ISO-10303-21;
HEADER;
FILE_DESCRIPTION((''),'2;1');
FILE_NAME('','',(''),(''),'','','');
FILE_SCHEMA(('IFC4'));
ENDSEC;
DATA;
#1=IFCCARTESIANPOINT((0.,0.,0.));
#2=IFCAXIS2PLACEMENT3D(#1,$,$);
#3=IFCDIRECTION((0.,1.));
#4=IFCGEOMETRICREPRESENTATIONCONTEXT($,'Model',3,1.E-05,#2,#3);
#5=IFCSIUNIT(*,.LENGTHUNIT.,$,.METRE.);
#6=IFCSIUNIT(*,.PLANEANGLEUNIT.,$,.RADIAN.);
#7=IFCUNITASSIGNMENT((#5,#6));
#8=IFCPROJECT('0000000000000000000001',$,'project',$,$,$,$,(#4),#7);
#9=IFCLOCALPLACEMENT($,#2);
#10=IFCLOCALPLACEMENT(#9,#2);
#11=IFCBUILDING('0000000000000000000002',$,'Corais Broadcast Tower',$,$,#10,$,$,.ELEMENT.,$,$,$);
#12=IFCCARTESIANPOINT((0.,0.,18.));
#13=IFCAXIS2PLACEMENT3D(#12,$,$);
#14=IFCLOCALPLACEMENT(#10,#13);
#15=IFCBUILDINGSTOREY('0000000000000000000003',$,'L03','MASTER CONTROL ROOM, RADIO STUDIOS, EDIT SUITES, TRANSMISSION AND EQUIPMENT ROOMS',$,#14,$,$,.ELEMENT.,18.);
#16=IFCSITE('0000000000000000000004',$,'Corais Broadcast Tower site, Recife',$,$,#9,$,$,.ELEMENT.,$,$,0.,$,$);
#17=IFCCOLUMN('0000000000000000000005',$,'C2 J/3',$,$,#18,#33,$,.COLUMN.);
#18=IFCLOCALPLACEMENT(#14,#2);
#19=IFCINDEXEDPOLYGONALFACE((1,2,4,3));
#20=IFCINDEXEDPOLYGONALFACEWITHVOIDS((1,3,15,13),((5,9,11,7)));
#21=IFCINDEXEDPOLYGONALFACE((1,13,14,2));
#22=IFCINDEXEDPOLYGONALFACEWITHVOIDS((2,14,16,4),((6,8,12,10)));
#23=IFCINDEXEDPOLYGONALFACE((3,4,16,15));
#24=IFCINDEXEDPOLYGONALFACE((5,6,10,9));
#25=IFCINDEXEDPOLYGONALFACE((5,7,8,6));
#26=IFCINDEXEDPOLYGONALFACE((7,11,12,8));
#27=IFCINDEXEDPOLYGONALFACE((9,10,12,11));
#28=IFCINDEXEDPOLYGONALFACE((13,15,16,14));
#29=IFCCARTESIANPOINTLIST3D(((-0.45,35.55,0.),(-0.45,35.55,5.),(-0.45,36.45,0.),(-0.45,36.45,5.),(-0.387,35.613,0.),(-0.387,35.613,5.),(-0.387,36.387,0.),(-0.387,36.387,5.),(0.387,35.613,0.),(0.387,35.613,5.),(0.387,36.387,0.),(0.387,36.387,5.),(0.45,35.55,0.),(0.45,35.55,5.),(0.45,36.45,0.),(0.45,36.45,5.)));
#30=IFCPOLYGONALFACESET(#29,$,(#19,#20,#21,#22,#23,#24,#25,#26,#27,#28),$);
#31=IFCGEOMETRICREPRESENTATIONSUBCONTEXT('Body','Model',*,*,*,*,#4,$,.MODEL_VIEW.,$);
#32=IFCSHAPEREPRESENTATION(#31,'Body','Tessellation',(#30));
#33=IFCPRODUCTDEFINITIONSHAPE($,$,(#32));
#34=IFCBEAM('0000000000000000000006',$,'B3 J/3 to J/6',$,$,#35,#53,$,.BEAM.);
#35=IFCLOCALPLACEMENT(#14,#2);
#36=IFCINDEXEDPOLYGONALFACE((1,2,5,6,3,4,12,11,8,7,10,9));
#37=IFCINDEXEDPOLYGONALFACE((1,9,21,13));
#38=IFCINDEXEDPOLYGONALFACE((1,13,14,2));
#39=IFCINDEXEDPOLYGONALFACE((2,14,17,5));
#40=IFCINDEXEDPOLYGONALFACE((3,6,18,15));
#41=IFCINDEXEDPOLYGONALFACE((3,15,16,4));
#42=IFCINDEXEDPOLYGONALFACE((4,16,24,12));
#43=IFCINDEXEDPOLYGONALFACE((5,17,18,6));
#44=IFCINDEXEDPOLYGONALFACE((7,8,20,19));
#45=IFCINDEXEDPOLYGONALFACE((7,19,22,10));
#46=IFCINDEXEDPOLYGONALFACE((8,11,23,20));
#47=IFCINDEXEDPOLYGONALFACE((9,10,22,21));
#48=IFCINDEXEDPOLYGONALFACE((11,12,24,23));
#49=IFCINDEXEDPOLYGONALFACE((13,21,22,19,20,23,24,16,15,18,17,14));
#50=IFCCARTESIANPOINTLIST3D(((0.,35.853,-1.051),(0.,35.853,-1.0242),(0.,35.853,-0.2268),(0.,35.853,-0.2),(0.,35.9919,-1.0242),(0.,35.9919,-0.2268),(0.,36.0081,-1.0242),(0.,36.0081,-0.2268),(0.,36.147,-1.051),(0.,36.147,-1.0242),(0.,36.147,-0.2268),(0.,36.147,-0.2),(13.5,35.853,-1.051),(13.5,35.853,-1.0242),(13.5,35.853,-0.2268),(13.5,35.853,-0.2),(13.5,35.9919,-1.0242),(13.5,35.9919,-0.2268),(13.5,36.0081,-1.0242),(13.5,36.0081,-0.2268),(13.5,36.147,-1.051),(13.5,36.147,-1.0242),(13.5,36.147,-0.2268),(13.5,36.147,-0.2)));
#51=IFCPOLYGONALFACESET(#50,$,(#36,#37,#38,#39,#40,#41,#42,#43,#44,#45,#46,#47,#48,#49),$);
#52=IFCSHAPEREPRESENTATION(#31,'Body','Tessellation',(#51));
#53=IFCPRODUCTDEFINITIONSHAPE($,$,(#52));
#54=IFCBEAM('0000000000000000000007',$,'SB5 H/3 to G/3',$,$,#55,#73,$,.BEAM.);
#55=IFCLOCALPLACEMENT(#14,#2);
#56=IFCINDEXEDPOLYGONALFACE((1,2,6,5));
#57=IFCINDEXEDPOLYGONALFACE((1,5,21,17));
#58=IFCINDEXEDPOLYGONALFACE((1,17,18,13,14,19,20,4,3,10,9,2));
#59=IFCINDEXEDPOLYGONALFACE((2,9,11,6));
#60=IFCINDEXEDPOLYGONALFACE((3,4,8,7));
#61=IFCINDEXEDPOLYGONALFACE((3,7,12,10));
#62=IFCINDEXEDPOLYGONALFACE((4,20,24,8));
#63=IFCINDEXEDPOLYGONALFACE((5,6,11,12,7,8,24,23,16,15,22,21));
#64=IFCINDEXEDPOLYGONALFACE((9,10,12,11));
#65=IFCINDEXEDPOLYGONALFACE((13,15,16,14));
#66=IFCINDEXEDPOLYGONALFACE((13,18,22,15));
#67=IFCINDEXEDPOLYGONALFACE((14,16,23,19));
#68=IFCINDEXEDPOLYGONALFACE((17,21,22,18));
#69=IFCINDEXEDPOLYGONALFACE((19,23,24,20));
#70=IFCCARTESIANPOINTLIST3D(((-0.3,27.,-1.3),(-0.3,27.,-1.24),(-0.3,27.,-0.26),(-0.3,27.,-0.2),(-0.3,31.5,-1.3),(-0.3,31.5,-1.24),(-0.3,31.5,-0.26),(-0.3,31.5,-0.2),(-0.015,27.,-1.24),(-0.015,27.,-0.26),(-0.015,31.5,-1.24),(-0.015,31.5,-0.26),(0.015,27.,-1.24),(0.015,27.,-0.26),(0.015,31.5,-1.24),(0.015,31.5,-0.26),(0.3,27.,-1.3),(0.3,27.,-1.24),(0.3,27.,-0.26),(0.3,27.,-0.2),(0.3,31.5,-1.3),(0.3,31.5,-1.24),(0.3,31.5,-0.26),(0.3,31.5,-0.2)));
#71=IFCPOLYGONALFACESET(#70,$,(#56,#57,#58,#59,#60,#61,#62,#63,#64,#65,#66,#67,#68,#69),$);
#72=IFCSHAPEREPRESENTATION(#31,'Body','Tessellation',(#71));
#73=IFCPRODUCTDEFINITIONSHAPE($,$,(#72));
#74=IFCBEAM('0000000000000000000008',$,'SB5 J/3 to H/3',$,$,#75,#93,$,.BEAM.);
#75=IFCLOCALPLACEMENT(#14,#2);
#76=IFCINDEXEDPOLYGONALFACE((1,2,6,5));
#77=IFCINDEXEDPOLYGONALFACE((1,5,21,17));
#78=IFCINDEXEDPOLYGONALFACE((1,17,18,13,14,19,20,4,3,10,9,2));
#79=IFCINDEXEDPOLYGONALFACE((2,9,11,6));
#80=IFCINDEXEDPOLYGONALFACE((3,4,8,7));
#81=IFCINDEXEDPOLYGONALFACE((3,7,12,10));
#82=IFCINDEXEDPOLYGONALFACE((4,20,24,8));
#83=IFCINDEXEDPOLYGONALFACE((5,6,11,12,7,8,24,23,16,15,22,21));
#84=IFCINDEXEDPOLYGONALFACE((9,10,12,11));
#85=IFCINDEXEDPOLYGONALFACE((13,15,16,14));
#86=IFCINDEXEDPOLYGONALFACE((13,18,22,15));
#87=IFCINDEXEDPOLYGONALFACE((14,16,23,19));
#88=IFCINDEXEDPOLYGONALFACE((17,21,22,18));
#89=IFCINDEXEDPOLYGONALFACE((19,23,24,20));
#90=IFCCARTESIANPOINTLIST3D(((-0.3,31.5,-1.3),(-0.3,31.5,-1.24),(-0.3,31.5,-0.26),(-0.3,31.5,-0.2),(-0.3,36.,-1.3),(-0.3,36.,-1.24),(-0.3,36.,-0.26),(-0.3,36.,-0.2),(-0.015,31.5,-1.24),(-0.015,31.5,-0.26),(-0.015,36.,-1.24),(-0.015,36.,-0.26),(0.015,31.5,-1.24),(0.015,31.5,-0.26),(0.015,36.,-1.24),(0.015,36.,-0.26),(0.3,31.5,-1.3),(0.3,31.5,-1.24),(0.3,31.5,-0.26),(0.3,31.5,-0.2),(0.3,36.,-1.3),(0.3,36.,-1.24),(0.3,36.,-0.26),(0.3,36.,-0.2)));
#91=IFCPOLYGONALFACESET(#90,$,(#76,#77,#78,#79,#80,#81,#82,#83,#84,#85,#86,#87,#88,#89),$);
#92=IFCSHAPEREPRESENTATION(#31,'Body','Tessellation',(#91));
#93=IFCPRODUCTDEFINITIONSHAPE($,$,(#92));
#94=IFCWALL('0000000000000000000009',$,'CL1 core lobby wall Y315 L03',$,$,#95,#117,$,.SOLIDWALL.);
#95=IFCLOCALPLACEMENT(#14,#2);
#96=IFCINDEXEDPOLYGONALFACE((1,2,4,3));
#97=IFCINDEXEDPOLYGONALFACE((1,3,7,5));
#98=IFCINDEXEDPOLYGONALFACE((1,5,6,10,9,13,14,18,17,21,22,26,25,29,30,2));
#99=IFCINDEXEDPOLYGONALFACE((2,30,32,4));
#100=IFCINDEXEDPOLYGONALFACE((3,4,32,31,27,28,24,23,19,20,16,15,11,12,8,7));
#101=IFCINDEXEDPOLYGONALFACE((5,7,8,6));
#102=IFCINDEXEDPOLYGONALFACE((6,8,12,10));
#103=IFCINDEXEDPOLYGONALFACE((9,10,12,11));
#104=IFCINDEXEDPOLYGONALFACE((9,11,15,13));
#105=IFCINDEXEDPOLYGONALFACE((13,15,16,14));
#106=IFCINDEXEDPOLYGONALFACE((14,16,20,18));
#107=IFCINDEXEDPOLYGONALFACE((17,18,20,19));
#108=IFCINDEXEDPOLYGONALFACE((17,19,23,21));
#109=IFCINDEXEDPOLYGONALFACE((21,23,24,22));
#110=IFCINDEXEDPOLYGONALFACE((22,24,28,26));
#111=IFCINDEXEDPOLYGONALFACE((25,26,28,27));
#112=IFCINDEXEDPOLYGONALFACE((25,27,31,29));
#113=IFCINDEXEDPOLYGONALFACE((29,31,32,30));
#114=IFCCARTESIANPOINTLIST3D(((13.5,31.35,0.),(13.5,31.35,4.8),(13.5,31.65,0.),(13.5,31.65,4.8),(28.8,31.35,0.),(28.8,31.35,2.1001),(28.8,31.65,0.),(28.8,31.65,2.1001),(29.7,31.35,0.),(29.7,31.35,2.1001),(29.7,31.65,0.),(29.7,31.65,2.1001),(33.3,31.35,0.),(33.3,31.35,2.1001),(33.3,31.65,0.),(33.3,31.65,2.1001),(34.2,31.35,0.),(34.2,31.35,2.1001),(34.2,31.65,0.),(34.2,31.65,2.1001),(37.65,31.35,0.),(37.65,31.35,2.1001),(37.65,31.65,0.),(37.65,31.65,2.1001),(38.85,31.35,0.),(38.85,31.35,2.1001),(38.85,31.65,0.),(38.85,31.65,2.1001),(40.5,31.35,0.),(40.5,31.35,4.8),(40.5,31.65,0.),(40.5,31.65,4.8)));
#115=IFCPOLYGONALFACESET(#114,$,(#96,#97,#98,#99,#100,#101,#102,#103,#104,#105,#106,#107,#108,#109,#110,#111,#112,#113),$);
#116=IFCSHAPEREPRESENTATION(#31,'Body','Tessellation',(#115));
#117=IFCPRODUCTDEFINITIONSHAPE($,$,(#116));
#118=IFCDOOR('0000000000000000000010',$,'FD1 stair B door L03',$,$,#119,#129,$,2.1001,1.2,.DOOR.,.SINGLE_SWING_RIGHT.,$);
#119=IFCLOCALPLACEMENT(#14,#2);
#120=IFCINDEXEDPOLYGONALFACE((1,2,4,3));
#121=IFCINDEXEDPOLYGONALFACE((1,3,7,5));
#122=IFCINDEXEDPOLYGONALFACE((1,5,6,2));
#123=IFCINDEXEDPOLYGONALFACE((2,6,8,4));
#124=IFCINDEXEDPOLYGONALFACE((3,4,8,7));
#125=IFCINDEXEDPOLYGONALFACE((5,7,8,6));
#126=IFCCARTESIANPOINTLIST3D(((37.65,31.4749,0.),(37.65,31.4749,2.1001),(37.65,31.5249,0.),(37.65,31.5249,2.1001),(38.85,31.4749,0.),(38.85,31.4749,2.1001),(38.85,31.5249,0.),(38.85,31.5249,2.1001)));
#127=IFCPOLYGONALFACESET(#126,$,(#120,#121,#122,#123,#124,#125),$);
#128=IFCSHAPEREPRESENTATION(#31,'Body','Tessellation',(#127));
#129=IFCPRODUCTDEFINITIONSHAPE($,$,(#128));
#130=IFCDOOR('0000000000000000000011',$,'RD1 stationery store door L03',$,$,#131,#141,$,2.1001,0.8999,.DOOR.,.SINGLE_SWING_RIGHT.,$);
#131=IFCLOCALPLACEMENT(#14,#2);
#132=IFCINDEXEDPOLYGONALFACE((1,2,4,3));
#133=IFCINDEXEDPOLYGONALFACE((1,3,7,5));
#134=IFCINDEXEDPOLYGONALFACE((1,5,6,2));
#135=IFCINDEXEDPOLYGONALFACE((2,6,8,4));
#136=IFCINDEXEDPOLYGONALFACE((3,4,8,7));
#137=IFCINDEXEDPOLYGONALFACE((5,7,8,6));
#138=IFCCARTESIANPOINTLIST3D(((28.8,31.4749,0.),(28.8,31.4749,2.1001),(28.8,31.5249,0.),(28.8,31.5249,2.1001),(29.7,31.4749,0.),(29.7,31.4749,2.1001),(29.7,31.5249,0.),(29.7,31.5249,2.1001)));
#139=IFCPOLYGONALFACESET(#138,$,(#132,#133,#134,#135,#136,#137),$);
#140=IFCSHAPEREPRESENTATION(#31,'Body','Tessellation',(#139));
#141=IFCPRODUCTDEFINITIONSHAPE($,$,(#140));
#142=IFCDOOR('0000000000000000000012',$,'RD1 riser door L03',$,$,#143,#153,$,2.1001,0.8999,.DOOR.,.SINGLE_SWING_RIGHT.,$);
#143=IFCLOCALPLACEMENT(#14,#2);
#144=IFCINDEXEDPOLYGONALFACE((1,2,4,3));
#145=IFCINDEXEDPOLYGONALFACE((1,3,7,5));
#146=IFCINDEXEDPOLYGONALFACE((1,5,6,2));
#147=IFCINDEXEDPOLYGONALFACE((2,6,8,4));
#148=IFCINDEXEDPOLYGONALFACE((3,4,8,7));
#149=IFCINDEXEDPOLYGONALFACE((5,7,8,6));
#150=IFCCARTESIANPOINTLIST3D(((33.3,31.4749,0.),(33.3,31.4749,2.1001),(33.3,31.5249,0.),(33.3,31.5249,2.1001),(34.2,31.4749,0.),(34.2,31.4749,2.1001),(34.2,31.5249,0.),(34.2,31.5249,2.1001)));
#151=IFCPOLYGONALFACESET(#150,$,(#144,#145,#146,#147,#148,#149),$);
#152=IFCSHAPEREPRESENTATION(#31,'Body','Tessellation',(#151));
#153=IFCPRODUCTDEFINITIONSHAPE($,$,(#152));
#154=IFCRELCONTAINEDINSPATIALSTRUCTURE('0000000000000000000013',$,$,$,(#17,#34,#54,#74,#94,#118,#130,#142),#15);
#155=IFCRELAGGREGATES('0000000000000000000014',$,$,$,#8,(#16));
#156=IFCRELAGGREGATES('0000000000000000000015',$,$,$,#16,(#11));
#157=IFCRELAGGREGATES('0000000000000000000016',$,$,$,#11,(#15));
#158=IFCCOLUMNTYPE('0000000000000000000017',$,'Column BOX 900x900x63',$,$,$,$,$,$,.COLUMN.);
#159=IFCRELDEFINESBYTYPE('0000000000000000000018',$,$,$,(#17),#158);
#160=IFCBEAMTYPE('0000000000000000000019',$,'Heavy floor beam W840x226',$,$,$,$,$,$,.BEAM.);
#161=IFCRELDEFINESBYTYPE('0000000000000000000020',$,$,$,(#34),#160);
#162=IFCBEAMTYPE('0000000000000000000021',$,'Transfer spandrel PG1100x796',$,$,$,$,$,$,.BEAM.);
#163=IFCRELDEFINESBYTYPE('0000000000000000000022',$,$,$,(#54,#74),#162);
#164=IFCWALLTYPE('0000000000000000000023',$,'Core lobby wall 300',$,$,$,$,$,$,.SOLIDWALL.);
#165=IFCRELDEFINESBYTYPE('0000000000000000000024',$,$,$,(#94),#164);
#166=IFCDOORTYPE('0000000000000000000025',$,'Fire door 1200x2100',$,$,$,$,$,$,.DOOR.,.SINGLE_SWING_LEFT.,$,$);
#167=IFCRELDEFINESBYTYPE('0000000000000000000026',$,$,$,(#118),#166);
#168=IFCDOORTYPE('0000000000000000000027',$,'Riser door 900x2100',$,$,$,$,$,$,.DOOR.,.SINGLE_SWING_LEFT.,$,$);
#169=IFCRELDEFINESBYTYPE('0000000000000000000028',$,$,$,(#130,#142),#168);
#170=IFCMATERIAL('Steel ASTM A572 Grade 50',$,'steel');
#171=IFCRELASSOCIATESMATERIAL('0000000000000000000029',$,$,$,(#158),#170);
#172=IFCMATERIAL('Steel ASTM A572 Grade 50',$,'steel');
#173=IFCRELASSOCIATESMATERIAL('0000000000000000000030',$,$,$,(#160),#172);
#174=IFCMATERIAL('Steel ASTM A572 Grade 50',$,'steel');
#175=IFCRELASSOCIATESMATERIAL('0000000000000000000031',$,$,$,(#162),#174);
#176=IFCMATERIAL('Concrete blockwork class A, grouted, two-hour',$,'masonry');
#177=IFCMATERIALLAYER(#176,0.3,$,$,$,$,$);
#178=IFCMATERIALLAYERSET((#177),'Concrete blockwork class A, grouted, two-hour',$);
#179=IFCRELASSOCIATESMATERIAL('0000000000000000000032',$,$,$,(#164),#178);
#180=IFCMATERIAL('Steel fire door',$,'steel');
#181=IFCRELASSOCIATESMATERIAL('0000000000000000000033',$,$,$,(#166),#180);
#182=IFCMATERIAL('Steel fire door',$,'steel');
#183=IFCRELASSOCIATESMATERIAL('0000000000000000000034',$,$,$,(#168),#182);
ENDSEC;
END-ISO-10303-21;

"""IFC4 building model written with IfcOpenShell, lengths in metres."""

from ifc_helpers import new_model, si_unit, direction, frame, frame_2d, origin, origin_2d, place, context, subcontext, project, spatial, rectangle, hollow_rectangle, i_section, extrude, material, layer, layer_set, material_profile, profile_set, type_object, element, fill, save


model = new_model("IFC4")

# Units and contexts
model_context = context("Model", 3, precision=1e-05, world=origin(), true_north=direction((0.0, 1.0)))
body_context = subcontext(model_context, "Body", "Model", "MODEL_VIEW")
ifc_project = project(units=[si_unit("LENGTHUNIT", "METRE"), si_unit("PLANEANGLEUNIT", "RADIAN")], contexts=[model_context])

# Site, building, storey
site_placement = place(None, origin())
site = spatial("IfcSite", under=ifc_project, at=site_placement, Name="Corais Broadcast Tower site, Recife", CompositionType="ELEMENT", RefElevation=0.0)
building_placement = place(site_placement, origin())
building = spatial("IfcBuilding", under=site, at=building_placement, Name="Corais Broadcast Tower", CompositionType="ELEMENT")
storey_placement = place(building_placement, frame((0.0, 0.0, 18.0)))
storey = spatial("IfcBuildingStorey", under=building, at=storey_placement, Name="L03", Description="MASTER CONTROL ROOM, RADIO STUDIOS, EDIT SUITES, TRANSMISSION AND EQUIPMENT ROOMS", CompositionType="ELEMENT", Elevation=18.0)

# Column
ifc_material_1 = material(Name="Steel ASTM A572 Grade 50", Category="steel")
ifc_material_profile_1 = material_profile(ifc_material_1, hollow_rectangle(XDim=0.8999, YDim=0.8999, WallThickness=0.063, at=origin_2d()), Name="BOX 900x900x63")
ifc_profile_set_1 = profile_set([ifc_material_profile_1], Name="Steel ASTM A572 Grade 50")
column_type = type_object("IfcColumnType", Name="Column BOX 900x900x63", PredefinedType="COLUMN", material=ifc_profile_set_1)
column_placement = place(storey_placement, frame((0.0, 36.0, 0.0), z_axis=(0.0, 0.0, 1.0), x_axis=(1.0, 0.0, 0.0)))
element("IfcColumn", 1, at=column_placement, inside=storey, type_object=column_type, Name="C2 J/3", PredefinedType="COLUMN", context=body_context, shape_type="SweptSolid", body=[
    extrude(hollow_rectangle(XDim=0.8999, YDim=0.8999, WallThickness=0.063, at=origin_2d()), origin(), (0.0, 0.0, 1.0), 5.0),
])

# Beams
ifc_material_2 = material(Name="Steel ASTM A572 Grade 50", Category="steel")
ifc_material_profile_2 = material_profile(ifc_material_2, i_section(OverallWidth=0.2939, OverallDepth=0.8511, WebThickness=0.0161, FlangeThickness=0.0269, at=origin_2d()), Name="W840x226")
ifc_profile_set_2 = profile_set([ifc_material_profile_2], Name="Steel ASTM A572 Grade 50")
beam_type_1 = type_object("IfcBeamType", Name="Heavy floor beam W840x226", PredefinedType="BEAM", material=ifc_profile_set_2)
beam_placement = place(storey_placement, frame((0.0, 36.0, -0.6255), z_axis=(1.0, 0.0, 0.0), x_axis=(0.0, 1.0, 0.0)))
element("IfcBeam", 2, at=beam_placement, inside=storey, type_object=beam_type_1, Name="B3 J/3 to J/6", PredefinedType="BEAM", context=body_context, shape_type="SweptSolid", body=[
    extrude(i_section(OverallWidth=0.2939, OverallDepth=0.8511, WebThickness=0.0161, FlangeThickness=0.0269, at=origin_2d()), origin(), (0.0, 0.0, 1.0), 13.5),
])
ifc_material_3 = material(Name="Steel ASTM A572 Grade 50", Category="steel")
ifc_material_profile_3 = material_profile(ifc_material_3, i_section(OverallWidth=0.6001, OverallDepth=1.1001, WebThickness=0.03, FlangeThickness=0.0601, at=origin_2d()), Name="PG1100x796")
ifc_profile_set_3 = profile_set([ifc_material_profile_3], Name="Steel ASTM A572 Grade 50")
beam_type_2 = type_object("IfcBeamType", Name="Transfer spandrel PG1100x796", PredefinedType="BEAM", material=ifc_profile_set_3)
for number, where, z_axis, x_axis, name in (
    (3, (0.0, 31.5, -0.75), (0.0, -1.0, 0.0), (1.0, 0.0, 0.0), "SB5 H/3 to G/3"),
    (4, (0.0, 36.0, -0.75), (0.0, -1.0, 0.0), (1.0, 0.0, 0.0), "SB5 J/3 to H/3"),
):
    element("IfcBeam", number, at=place(storey_placement, frame(where, z_axis=z_axis, x_axis=x_axis)), inside=storey, type_object=beam_type_2, Name=name, PredefinedType="BEAM", context=body_context, shape_type="SweptSolid", body=[
        extrude(i_section(OverallWidth=0.6001, OverallDepth=1.1001, WebThickness=0.03, FlangeThickness=0.0601, at=origin_2d()), origin(), (0.0, 0.0, 1.0), 4.5),
    ])

# Wall, openings, doors
ifc_material_4 = material(Name="Concrete blockwork class A, grouted, two-hour", Category="masonry")
ifc_layer_1 = layer(ifc_material_4, 0.3)
ifc_layer_set_1 = layer_set([ifc_layer_1], Name="Concrete blockwork class A, grouted, two-hour")
wall_type_1 = type_object("IfcWallType", Name="Core lobby wall 300", PredefinedType="SOLIDWALL", material=ifc_layer_set_1)
wall_1_placement = place(storey_placement, frame((13.5, 31.5, 0.0), z_axis=(0.0, 0.0, 1.0), x_axis=(1.0, 0.0, 0.0)))
wall_1 = element("IfcWall", 5, at=wall_1_placement, inside=storey, type_object=wall_type_1, Name="CL1 core lobby wall Y315 L03", PredefinedType="SOLIDWALL", context=body_context, shape_type="SweptSolid", body=[
    extrude(rectangle(XDim=27.0, YDim=0.3, at=frame_2d((13.5, 0.0))), origin(), (0.0, 0.0, 1.0), 4.8),
])
opening_1_placement = place(wall_1_placement, frame((24.1499, 0.0, 0.0)))
opening_1 = element("IfcOpeningElement", 6, at=opening_1_placement, cuts=wall_1, PredefinedType="OPENING", context=body_context, shape_type="SweptSolid", body=[
    extrude(rectangle(XDim=1.2, YDim=2.1001, at=frame_2d((0.6001, 1.05))), frame((0.0, 0.1599, 0.0), z_axis=(0.0, -1.0, 0.0), x_axis=(1.0, 0.0, 0.0)), (0.0, 0.0, 1.0), 0.3201),
])
opening_2_placement = place(wall_1_placement, frame((15.3, 0.0, 0.0)))
opening_2 = element("IfcOpeningElement", 7, at=opening_2_placement, cuts=wall_1, PredefinedType="OPENING", context=body_context, shape_type="SweptSolid", body=[
    extrude(rectangle(XDim=0.8999, YDim=2.1001, at=frame_2d((0.45, 1.05))), frame((0.0, 0.1599, 0.0), z_axis=(0.0, -1.0, 0.0), x_axis=(1.0, 0.0, 0.0)), (0.0, 0.0, 1.0), 0.3201),
])
opening_3_placement = place(wall_1_placement, frame((19.8, 0.0, 0.0)))
opening_3 = element("IfcOpeningElement", 8, at=opening_3_placement, cuts=wall_1, PredefinedType="OPENING", context=body_context, shape_type="SweptSolid", body=[
    extrude(rectangle(XDim=0.8999, YDim=2.1001, at=frame_2d((0.45, 1.05))), frame((0.0, 0.1599, 0.0), z_axis=(0.0, -1.0, 0.0), x_axis=(1.0, 0.0, 0.0)), (0.0, 0.0, 1.0), 0.3201),
])
ifc_material_5 = material(Name="Steel fire door", Category="steel")
door_type_1 = type_object("IfcDoorType", Name="Fire door 1200x2100", OperationType="SINGLE_SWING_LEFT", PredefinedType="DOOR", material=ifc_material_5)
door_1_placement = place(opening_1_placement, origin())
door_1 = element("IfcDoor", 9, at=door_1_placement, inside=storey, type_object=door_type_1, Name="FD1 stair B door L03", OperationType="SINGLE_SWING_RIGHT", OverallHeight=2.1001, OverallWidth=1.2, PredefinedType="DOOR", context=body_context, shape_type="SweptSolid", body=[
    extrude(rectangle(XDim=1.2, YDim=2.1001, at=frame_2d((0.6001, 1.05))), frame((0.0, 0.0249, 0.0), z_axis=(0.0, -1.0, 0.0), x_axis=(1.0, 0.0, 0.0)), (0.0, 0.0, 1.0), 0.05),
])
fill(opening_1, door_1)
ifc_material_6 = material(Name="Steel fire door", Category="steel")
door_type_2 = type_object("IfcDoorType", Name="Riser door 900x2100", OperationType="SINGLE_SWING_LEFT", PredefinedType="DOOR", material=ifc_material_6)
door_2_placement = place(opening_2_placement, origin())
door_2 = element("IfcDoor", 10, at=door_2_placement, inside=storey, type_object=door_type_2, Name="RD1 stationery store door L03", OperationType="SINGLE_SWING_RIGHT", OverallHeight=2.1001, OverallWidth=0.8999, PredefinedType="DOOR", context=body_context, shape_type="SweptSolid", body=[
    extrude(rectangle(XDim=0.8999, YDim=2.1001, at=frame_2d((0.45, 1.05))), frame((0.0, 0.0249, 0.0), z_axis=(0.0, -1.0, 0.0), x_axis=(1.0, 0.0, 0.0)), (0.0, 0.0, 1.0), 0.05),
])
fill(opening_2, door_2)
door_3_placement = place(opening_3_placement, origin())
door_3 = element("IfcDoor", 11, at=door_3_placement, inside=storey, type_object=door_type_2, Name="RD1 riser door L03", OperationType="SINGLE_SWING_RIGHT", OverallHeight=2.1001, OverallWidth=0.8999, PredefinedType="DOOR", context=body_context, shape_type="SweptSolid", body=[
    extrude(rectangle(XDim=0.8999, YDim=2.1001, at=frame_2d((0.45, 1.05))), frame((0.0, 0.0249, 0.0), z_axis=(0.0, -1.0, 0.0), x_axis=(1.0, 0.0, 0.0)), (0.0, 0.0, 1.0), 0.05),
])
fill(opening_3, door_3)

save(model, "model.ifc")
